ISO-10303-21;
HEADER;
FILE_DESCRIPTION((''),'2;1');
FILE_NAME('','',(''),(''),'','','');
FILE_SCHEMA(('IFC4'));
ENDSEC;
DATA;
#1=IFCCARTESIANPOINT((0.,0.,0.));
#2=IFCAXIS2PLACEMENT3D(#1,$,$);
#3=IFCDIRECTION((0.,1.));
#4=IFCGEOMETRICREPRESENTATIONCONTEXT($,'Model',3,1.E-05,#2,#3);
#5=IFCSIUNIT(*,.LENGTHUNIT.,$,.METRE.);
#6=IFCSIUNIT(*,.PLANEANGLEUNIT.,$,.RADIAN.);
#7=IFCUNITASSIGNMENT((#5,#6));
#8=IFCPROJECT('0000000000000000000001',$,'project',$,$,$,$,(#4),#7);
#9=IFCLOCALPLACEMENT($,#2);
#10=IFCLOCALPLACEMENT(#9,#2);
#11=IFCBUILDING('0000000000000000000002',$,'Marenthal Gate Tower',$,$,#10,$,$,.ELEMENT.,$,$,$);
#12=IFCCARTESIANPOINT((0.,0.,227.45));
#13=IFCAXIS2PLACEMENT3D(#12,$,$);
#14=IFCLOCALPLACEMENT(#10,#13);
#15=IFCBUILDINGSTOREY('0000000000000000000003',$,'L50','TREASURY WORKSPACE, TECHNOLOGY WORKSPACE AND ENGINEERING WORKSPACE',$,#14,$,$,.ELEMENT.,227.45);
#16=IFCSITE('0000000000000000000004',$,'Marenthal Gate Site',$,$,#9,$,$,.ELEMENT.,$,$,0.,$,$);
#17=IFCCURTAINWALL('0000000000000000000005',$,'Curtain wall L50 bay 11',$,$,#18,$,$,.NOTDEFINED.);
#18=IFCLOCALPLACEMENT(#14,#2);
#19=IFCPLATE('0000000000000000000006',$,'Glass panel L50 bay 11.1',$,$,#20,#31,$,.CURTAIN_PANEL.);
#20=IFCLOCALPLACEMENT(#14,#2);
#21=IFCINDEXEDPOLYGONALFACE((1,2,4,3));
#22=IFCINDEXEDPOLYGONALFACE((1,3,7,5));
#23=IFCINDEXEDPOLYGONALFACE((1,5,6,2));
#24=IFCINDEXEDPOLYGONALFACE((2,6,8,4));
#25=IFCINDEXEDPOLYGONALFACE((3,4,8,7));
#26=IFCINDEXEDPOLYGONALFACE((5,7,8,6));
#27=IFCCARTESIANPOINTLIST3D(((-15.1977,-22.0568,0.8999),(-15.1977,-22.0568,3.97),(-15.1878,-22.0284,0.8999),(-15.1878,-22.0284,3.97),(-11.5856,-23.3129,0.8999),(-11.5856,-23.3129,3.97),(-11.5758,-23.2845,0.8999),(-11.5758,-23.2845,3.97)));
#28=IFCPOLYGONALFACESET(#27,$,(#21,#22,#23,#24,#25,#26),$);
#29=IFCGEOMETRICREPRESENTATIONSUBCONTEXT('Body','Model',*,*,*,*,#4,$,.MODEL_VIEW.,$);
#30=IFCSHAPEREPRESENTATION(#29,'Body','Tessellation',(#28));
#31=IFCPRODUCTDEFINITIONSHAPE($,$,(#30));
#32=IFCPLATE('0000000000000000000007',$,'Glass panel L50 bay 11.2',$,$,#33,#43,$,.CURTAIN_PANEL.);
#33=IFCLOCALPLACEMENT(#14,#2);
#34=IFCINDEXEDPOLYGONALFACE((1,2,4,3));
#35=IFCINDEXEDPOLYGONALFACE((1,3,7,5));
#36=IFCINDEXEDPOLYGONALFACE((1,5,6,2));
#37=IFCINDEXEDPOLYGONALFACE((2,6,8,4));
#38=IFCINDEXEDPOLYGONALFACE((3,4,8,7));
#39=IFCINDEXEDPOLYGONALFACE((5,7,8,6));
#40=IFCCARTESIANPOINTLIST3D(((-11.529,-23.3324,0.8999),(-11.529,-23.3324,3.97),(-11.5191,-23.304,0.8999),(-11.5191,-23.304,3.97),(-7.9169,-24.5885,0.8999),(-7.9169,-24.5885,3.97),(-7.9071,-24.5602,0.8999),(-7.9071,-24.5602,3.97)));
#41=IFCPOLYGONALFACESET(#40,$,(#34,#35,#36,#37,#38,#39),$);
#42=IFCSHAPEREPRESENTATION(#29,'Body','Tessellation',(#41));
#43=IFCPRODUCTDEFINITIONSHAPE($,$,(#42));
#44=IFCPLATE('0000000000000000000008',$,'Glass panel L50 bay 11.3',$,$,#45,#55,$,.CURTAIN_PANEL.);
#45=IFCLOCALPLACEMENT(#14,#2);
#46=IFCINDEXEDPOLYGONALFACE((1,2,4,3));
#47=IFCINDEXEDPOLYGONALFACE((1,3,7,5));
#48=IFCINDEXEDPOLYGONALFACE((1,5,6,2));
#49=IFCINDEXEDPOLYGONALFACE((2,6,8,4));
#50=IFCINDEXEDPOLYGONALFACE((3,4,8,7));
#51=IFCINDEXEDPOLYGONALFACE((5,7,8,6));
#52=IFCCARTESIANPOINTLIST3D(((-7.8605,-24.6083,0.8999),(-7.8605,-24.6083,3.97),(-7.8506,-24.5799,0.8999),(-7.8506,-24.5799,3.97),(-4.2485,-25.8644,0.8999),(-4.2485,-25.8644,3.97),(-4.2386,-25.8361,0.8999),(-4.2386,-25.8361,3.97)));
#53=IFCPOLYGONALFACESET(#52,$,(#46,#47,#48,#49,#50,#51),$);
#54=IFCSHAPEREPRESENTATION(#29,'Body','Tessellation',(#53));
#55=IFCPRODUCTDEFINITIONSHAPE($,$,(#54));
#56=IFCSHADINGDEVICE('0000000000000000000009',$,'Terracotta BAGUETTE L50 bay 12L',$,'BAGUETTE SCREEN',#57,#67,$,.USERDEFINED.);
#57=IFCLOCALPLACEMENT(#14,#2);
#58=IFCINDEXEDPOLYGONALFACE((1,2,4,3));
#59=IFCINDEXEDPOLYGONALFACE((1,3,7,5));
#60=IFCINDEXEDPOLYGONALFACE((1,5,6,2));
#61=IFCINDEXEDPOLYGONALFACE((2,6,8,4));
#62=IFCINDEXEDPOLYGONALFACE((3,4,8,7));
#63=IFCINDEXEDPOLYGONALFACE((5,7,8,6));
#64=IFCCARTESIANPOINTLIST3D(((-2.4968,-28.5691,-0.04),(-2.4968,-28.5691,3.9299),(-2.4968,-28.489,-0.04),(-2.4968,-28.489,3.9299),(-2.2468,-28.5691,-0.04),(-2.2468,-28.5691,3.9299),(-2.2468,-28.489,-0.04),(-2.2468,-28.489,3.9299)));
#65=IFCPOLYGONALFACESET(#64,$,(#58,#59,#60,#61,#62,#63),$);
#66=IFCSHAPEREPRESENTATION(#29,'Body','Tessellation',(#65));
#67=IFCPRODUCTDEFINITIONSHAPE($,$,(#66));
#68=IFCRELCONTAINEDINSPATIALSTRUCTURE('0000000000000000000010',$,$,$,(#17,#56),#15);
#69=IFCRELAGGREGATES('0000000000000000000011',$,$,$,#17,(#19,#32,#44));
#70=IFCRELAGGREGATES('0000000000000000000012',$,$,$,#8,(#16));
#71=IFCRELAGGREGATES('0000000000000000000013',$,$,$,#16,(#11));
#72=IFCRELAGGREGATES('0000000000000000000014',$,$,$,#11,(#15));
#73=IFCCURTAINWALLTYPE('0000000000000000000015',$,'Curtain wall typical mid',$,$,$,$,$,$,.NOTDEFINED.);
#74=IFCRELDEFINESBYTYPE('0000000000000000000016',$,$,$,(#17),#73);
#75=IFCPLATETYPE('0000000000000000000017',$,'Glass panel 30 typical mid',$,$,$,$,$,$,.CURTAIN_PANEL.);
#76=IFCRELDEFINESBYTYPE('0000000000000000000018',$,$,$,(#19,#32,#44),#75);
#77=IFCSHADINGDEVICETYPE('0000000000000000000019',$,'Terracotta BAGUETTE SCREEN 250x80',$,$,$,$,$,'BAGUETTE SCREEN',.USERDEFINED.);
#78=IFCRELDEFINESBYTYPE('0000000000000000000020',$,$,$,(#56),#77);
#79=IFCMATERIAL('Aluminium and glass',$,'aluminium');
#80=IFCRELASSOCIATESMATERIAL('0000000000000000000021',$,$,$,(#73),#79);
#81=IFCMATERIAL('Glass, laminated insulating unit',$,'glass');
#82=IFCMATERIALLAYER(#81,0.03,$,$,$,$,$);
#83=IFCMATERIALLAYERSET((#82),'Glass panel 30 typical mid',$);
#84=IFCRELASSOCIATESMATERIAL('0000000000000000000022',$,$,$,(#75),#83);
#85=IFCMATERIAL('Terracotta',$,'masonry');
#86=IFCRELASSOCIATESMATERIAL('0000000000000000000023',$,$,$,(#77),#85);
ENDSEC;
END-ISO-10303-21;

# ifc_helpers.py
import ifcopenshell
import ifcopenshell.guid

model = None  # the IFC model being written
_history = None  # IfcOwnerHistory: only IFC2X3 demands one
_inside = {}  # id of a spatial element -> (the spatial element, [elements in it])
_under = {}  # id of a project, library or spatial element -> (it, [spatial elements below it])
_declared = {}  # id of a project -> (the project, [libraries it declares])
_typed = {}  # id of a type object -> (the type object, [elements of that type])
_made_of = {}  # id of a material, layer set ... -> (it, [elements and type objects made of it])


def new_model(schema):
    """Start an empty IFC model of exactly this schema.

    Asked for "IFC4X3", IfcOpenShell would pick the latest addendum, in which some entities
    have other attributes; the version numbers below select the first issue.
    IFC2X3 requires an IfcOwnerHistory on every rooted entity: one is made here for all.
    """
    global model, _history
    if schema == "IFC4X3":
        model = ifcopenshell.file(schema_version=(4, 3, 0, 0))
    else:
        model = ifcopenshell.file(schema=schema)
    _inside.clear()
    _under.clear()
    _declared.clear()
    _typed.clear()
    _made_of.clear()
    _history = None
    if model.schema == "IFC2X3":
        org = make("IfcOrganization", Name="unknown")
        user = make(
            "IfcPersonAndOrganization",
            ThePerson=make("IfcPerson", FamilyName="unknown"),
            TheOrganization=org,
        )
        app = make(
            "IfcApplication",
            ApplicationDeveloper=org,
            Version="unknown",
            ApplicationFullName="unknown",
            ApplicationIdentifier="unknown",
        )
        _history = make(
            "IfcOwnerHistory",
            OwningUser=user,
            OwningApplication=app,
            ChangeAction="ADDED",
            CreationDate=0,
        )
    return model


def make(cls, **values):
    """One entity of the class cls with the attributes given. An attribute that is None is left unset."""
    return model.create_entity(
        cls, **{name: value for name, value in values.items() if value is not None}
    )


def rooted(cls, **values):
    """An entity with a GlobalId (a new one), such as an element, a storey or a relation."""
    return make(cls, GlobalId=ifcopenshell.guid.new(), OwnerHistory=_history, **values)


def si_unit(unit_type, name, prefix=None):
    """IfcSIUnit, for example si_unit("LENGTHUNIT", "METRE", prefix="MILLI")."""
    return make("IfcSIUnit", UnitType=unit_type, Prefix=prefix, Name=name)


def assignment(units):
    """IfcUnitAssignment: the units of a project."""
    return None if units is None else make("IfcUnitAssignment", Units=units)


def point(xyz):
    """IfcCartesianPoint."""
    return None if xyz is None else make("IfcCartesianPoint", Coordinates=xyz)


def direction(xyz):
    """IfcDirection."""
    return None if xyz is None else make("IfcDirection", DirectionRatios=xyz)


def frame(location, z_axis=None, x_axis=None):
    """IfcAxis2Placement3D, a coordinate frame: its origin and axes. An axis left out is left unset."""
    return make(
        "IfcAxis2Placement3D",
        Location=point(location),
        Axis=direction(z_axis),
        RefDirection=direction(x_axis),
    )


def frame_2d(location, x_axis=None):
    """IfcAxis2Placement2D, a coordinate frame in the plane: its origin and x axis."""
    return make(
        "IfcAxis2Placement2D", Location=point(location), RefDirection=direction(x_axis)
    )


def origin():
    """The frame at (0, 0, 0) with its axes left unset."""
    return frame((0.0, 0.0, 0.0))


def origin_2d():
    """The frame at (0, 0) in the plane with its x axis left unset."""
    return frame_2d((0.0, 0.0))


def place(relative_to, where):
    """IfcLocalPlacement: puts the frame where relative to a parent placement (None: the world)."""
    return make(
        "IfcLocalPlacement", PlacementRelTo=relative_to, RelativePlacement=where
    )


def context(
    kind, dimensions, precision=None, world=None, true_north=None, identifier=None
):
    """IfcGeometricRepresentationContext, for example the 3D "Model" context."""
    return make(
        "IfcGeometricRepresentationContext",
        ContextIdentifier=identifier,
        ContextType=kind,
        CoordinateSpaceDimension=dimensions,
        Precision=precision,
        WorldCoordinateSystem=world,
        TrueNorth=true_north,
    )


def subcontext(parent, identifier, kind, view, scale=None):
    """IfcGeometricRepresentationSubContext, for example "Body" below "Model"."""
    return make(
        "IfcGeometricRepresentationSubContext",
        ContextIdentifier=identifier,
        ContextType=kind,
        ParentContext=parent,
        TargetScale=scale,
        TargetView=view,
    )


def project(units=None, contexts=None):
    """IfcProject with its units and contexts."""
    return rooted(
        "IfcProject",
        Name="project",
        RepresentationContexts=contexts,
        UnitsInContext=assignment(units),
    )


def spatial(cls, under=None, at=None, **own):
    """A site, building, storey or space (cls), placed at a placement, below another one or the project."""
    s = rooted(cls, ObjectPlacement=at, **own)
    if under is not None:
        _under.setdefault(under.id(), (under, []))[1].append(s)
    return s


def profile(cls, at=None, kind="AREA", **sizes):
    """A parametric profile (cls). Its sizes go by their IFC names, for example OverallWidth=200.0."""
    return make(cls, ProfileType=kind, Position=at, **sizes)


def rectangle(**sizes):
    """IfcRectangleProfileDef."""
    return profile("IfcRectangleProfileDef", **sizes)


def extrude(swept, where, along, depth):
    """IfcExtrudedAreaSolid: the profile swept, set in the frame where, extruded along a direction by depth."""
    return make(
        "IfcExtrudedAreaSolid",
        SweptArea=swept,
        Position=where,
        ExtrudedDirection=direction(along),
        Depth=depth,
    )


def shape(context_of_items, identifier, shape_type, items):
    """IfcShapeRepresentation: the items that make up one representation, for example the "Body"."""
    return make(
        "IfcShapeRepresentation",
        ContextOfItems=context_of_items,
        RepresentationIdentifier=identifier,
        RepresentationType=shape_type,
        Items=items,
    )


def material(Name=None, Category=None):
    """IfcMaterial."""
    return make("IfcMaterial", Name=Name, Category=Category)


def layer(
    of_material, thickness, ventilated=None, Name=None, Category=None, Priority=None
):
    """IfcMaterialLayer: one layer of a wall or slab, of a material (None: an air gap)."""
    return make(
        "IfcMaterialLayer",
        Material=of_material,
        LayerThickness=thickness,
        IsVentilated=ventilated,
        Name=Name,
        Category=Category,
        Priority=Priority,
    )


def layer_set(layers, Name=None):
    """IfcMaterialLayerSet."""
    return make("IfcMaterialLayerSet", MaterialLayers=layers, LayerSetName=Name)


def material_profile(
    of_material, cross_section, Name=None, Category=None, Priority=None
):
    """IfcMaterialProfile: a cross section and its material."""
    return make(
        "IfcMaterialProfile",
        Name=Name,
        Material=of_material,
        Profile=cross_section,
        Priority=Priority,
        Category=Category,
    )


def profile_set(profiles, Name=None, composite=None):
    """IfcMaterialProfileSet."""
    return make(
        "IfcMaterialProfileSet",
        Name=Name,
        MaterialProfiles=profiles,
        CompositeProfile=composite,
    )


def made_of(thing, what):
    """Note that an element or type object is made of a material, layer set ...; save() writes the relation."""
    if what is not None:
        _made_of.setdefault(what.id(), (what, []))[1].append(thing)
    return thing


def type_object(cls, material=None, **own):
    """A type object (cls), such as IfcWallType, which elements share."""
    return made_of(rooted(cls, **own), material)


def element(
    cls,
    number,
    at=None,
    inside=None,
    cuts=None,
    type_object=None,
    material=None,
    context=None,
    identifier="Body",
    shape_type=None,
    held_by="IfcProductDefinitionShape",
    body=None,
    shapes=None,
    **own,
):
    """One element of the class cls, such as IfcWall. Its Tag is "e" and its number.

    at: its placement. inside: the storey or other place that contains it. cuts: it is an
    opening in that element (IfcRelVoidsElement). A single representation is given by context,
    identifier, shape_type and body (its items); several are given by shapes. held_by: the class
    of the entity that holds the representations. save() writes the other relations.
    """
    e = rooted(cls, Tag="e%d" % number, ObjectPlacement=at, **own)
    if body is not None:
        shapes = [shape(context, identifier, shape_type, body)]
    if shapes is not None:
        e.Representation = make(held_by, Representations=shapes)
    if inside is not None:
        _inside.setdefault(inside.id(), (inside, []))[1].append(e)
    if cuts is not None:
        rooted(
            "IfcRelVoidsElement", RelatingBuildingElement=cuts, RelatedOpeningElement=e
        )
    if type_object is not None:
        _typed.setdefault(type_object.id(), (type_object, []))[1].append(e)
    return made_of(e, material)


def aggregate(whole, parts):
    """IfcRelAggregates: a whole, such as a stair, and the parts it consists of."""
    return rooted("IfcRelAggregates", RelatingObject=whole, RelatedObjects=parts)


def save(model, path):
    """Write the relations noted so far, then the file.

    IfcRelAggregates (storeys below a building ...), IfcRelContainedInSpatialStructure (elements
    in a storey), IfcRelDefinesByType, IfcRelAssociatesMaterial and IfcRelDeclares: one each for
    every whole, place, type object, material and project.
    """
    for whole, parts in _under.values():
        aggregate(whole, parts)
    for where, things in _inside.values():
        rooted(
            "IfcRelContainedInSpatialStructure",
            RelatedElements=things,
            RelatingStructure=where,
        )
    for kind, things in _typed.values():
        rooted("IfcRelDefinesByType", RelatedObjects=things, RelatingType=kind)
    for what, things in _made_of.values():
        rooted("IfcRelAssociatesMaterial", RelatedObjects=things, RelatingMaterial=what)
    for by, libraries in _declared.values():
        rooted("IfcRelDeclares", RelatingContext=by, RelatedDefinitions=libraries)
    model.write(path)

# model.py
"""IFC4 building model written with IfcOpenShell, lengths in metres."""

from ifc_helpers import new_model, si_unit, direction, frame, origin, origin_2d, place, context, subcontext, project, spatial, rectangle, extrude, material, layer, layer_set, material_profile, profile_set, type_object, element, aggregate, save


model = new_model("IFC4")

# Units and contexts
model_context = context("Model", 3, precision=1e-05, world=origin(), true_north=direction((0.0, 1.0)))
body_context = subcontext(model_context, "Body", "Model", "MODEL_VIEW")
ifc_project = project(units=[si_unit("LENGTHUNIT", "METRE"), si_unit("PLANEANGLEUNIT", "RADIAN")], contexts=[model_context])

# Site, building, storey
site_placement = place(None, origin())
site = spatial("IfcSite", under=ifc_project, at=site_placement, Name="Marenthal Gate Site", CompositionType="ELEMENT", RefElevation=0.0)
building_placement = place(site_placement, origin())
building = spatial("IfcBuilding", under=site, at=building_placement, Name="Marenthal Gate Tower", CompositionType="ELEMENT")
storey_placement = place(building_placement, frame((0.0, 0.0, 227.45)))
storey = spatial("IfcBuildingStorey", under=building, at=storey_placement, Name="L50", Description="TREASURY WORKSPACE, TECHNOLOGY WORKSPACE AND ENGINEERING WORKSPACE", CompositionType="ELEMENT", Elevation=227.45)

# Curtain wall
ifc_material_1 = material(Name="Aluminium and glass", Category="aluminium")
curtain_wall_type = type_object("IfcCurtainWallType", Name="Curtain wall typical mid", PredefinedType="NOTDEFINED", material=ifc_material_1)
curtain_wall_placement = place(storey_placement, origin())
curtain_wall = element("IfcCurtainWall", 1, at=curtain_wall_placement, inside=storey, type_object=curtain_wall_type, Name="Curtain wall L50 bay 11", PredefinedType="NOTDEFINED")

# Plates
ifc_material_2 = material(Name="Glass, laminated insulating unit", Category="glass")
ifc_layer_1 = layer(ifc_material_2, 0.03)
ifc_layer_set_1 = layer_set([ifc_layer_1], Name="Glass panel 30 typical mid")
plate_type = type_object("IfcPlateType", Name="Glass panel 30 typical mid", PredefinedType="CURTAIN_PANEL", material=ifc_layer_set_1)
plate_1_placement = place(storey_placement, frame((-13.3867, -22.6707, 0.8999), z_axis=(0.0, 0.0, 1.0), x_axis=(0.944515, -0.328468, 0.0)))
plate_1 = element("IfcPlate", 2, at=plate_1_placement, type_object=plate_type, Name="Glass panel L50 bay 11.1", PredefinedType="CURTAIN_PANEL", context=body_context, shape_type="SweptSolid", body=[
    extrude(rectangle(XDim=3.8242, YDim=0.03, at=origin_2d()), origin(), (0.0, 0.0, 1.0), 3.0701),
])
plate_2_placement = place(storey_placement, frame((-9.718, -23.9463, 0.8999), z_axis=(0.0, 0.0, 1.0), x_axis=(0.944515, -0.328468, 0.0)))
plate_2 = element("IfcPlate", 3, at=plate_2_placement, type_object=plate_type, Name="Glass panel L50 bay 11.2", PredefinedType="CURTAIN_PANEL", context=body_context, shape_type="SweptSolid", body=[
    extrude(rectangle(XDim=3.8242, YDim=0.03, at=origin_2d()), origin(), (0.0, 0.0, 1.0), 3.0701),
])
plate_3_placement = place(storey_placement, frame((-6.0496, -25.2222, 0.8999), z_axis=(0.0, 0.0, 1.0), x_axis=(0.944515, -0.328468, 0.0)))
plate_3 = element("IfcPlate", 4, at=plate_3_placement, type_object=plate_type, Name="Glass panel L50 bay 11.3", PredefinedType="CURTAIN_PANEL", context=body_context, shape_type="SweptSolid", body=[
    extrude(rectangle(XDim=3.8242, YDim=0.03, at=origin_2d()), origin(), (0.0, 0.0, 1.0), 3.0701),
])
aggregate(curtain_wall, [plate_1, plate_2, plate_3])

# Shading device
ifc_material_3 = material(Name="Terracotta", Category="masonry")
ifc_material_profile_1 = material_profile(ifc_material_3, rectangle(XDim=0.25, YDim=0.0801, at=origin_2d()), Name="Terracotta baguette 250x80")
ifc_profile_set_1 = profile_set([ifc_material_profile_1], Name="Terracotta")
shading_device_type = type_object("IfcShadingDeviceType", Name="Terracotta BAGUETTE SCREEN 250x80", ElementType="BAGUETTE SCREEN", PredefinedType="USERDEFINED", material=ifc_profile_set_1)
shading_device_placement = place(storey_placement, frame((-2.3718, -28.5291, -0.04), z_axis=(0.0, 0.0, 1.0), x_axis=(1.0, 0.0, 0.0)))
element("IfcShadingDevice", 5, at=shading_device_placement, inside=storey, type_object=shading_device_type, Name="Terracotta BAGUETTE L50 bay 12L", ObjectType="BAGUETTE SCREEN", PredefinedType="USERDEFINED", context=body_context, shape_type="SweptSolid", body=[
    extrude(rectangle(XDim=0.25, YDim=0.0801, at=origin_2d()), origin(), (0.0, 0.0, 1.0), 3.97),
])

save(model, "model.ifc")
